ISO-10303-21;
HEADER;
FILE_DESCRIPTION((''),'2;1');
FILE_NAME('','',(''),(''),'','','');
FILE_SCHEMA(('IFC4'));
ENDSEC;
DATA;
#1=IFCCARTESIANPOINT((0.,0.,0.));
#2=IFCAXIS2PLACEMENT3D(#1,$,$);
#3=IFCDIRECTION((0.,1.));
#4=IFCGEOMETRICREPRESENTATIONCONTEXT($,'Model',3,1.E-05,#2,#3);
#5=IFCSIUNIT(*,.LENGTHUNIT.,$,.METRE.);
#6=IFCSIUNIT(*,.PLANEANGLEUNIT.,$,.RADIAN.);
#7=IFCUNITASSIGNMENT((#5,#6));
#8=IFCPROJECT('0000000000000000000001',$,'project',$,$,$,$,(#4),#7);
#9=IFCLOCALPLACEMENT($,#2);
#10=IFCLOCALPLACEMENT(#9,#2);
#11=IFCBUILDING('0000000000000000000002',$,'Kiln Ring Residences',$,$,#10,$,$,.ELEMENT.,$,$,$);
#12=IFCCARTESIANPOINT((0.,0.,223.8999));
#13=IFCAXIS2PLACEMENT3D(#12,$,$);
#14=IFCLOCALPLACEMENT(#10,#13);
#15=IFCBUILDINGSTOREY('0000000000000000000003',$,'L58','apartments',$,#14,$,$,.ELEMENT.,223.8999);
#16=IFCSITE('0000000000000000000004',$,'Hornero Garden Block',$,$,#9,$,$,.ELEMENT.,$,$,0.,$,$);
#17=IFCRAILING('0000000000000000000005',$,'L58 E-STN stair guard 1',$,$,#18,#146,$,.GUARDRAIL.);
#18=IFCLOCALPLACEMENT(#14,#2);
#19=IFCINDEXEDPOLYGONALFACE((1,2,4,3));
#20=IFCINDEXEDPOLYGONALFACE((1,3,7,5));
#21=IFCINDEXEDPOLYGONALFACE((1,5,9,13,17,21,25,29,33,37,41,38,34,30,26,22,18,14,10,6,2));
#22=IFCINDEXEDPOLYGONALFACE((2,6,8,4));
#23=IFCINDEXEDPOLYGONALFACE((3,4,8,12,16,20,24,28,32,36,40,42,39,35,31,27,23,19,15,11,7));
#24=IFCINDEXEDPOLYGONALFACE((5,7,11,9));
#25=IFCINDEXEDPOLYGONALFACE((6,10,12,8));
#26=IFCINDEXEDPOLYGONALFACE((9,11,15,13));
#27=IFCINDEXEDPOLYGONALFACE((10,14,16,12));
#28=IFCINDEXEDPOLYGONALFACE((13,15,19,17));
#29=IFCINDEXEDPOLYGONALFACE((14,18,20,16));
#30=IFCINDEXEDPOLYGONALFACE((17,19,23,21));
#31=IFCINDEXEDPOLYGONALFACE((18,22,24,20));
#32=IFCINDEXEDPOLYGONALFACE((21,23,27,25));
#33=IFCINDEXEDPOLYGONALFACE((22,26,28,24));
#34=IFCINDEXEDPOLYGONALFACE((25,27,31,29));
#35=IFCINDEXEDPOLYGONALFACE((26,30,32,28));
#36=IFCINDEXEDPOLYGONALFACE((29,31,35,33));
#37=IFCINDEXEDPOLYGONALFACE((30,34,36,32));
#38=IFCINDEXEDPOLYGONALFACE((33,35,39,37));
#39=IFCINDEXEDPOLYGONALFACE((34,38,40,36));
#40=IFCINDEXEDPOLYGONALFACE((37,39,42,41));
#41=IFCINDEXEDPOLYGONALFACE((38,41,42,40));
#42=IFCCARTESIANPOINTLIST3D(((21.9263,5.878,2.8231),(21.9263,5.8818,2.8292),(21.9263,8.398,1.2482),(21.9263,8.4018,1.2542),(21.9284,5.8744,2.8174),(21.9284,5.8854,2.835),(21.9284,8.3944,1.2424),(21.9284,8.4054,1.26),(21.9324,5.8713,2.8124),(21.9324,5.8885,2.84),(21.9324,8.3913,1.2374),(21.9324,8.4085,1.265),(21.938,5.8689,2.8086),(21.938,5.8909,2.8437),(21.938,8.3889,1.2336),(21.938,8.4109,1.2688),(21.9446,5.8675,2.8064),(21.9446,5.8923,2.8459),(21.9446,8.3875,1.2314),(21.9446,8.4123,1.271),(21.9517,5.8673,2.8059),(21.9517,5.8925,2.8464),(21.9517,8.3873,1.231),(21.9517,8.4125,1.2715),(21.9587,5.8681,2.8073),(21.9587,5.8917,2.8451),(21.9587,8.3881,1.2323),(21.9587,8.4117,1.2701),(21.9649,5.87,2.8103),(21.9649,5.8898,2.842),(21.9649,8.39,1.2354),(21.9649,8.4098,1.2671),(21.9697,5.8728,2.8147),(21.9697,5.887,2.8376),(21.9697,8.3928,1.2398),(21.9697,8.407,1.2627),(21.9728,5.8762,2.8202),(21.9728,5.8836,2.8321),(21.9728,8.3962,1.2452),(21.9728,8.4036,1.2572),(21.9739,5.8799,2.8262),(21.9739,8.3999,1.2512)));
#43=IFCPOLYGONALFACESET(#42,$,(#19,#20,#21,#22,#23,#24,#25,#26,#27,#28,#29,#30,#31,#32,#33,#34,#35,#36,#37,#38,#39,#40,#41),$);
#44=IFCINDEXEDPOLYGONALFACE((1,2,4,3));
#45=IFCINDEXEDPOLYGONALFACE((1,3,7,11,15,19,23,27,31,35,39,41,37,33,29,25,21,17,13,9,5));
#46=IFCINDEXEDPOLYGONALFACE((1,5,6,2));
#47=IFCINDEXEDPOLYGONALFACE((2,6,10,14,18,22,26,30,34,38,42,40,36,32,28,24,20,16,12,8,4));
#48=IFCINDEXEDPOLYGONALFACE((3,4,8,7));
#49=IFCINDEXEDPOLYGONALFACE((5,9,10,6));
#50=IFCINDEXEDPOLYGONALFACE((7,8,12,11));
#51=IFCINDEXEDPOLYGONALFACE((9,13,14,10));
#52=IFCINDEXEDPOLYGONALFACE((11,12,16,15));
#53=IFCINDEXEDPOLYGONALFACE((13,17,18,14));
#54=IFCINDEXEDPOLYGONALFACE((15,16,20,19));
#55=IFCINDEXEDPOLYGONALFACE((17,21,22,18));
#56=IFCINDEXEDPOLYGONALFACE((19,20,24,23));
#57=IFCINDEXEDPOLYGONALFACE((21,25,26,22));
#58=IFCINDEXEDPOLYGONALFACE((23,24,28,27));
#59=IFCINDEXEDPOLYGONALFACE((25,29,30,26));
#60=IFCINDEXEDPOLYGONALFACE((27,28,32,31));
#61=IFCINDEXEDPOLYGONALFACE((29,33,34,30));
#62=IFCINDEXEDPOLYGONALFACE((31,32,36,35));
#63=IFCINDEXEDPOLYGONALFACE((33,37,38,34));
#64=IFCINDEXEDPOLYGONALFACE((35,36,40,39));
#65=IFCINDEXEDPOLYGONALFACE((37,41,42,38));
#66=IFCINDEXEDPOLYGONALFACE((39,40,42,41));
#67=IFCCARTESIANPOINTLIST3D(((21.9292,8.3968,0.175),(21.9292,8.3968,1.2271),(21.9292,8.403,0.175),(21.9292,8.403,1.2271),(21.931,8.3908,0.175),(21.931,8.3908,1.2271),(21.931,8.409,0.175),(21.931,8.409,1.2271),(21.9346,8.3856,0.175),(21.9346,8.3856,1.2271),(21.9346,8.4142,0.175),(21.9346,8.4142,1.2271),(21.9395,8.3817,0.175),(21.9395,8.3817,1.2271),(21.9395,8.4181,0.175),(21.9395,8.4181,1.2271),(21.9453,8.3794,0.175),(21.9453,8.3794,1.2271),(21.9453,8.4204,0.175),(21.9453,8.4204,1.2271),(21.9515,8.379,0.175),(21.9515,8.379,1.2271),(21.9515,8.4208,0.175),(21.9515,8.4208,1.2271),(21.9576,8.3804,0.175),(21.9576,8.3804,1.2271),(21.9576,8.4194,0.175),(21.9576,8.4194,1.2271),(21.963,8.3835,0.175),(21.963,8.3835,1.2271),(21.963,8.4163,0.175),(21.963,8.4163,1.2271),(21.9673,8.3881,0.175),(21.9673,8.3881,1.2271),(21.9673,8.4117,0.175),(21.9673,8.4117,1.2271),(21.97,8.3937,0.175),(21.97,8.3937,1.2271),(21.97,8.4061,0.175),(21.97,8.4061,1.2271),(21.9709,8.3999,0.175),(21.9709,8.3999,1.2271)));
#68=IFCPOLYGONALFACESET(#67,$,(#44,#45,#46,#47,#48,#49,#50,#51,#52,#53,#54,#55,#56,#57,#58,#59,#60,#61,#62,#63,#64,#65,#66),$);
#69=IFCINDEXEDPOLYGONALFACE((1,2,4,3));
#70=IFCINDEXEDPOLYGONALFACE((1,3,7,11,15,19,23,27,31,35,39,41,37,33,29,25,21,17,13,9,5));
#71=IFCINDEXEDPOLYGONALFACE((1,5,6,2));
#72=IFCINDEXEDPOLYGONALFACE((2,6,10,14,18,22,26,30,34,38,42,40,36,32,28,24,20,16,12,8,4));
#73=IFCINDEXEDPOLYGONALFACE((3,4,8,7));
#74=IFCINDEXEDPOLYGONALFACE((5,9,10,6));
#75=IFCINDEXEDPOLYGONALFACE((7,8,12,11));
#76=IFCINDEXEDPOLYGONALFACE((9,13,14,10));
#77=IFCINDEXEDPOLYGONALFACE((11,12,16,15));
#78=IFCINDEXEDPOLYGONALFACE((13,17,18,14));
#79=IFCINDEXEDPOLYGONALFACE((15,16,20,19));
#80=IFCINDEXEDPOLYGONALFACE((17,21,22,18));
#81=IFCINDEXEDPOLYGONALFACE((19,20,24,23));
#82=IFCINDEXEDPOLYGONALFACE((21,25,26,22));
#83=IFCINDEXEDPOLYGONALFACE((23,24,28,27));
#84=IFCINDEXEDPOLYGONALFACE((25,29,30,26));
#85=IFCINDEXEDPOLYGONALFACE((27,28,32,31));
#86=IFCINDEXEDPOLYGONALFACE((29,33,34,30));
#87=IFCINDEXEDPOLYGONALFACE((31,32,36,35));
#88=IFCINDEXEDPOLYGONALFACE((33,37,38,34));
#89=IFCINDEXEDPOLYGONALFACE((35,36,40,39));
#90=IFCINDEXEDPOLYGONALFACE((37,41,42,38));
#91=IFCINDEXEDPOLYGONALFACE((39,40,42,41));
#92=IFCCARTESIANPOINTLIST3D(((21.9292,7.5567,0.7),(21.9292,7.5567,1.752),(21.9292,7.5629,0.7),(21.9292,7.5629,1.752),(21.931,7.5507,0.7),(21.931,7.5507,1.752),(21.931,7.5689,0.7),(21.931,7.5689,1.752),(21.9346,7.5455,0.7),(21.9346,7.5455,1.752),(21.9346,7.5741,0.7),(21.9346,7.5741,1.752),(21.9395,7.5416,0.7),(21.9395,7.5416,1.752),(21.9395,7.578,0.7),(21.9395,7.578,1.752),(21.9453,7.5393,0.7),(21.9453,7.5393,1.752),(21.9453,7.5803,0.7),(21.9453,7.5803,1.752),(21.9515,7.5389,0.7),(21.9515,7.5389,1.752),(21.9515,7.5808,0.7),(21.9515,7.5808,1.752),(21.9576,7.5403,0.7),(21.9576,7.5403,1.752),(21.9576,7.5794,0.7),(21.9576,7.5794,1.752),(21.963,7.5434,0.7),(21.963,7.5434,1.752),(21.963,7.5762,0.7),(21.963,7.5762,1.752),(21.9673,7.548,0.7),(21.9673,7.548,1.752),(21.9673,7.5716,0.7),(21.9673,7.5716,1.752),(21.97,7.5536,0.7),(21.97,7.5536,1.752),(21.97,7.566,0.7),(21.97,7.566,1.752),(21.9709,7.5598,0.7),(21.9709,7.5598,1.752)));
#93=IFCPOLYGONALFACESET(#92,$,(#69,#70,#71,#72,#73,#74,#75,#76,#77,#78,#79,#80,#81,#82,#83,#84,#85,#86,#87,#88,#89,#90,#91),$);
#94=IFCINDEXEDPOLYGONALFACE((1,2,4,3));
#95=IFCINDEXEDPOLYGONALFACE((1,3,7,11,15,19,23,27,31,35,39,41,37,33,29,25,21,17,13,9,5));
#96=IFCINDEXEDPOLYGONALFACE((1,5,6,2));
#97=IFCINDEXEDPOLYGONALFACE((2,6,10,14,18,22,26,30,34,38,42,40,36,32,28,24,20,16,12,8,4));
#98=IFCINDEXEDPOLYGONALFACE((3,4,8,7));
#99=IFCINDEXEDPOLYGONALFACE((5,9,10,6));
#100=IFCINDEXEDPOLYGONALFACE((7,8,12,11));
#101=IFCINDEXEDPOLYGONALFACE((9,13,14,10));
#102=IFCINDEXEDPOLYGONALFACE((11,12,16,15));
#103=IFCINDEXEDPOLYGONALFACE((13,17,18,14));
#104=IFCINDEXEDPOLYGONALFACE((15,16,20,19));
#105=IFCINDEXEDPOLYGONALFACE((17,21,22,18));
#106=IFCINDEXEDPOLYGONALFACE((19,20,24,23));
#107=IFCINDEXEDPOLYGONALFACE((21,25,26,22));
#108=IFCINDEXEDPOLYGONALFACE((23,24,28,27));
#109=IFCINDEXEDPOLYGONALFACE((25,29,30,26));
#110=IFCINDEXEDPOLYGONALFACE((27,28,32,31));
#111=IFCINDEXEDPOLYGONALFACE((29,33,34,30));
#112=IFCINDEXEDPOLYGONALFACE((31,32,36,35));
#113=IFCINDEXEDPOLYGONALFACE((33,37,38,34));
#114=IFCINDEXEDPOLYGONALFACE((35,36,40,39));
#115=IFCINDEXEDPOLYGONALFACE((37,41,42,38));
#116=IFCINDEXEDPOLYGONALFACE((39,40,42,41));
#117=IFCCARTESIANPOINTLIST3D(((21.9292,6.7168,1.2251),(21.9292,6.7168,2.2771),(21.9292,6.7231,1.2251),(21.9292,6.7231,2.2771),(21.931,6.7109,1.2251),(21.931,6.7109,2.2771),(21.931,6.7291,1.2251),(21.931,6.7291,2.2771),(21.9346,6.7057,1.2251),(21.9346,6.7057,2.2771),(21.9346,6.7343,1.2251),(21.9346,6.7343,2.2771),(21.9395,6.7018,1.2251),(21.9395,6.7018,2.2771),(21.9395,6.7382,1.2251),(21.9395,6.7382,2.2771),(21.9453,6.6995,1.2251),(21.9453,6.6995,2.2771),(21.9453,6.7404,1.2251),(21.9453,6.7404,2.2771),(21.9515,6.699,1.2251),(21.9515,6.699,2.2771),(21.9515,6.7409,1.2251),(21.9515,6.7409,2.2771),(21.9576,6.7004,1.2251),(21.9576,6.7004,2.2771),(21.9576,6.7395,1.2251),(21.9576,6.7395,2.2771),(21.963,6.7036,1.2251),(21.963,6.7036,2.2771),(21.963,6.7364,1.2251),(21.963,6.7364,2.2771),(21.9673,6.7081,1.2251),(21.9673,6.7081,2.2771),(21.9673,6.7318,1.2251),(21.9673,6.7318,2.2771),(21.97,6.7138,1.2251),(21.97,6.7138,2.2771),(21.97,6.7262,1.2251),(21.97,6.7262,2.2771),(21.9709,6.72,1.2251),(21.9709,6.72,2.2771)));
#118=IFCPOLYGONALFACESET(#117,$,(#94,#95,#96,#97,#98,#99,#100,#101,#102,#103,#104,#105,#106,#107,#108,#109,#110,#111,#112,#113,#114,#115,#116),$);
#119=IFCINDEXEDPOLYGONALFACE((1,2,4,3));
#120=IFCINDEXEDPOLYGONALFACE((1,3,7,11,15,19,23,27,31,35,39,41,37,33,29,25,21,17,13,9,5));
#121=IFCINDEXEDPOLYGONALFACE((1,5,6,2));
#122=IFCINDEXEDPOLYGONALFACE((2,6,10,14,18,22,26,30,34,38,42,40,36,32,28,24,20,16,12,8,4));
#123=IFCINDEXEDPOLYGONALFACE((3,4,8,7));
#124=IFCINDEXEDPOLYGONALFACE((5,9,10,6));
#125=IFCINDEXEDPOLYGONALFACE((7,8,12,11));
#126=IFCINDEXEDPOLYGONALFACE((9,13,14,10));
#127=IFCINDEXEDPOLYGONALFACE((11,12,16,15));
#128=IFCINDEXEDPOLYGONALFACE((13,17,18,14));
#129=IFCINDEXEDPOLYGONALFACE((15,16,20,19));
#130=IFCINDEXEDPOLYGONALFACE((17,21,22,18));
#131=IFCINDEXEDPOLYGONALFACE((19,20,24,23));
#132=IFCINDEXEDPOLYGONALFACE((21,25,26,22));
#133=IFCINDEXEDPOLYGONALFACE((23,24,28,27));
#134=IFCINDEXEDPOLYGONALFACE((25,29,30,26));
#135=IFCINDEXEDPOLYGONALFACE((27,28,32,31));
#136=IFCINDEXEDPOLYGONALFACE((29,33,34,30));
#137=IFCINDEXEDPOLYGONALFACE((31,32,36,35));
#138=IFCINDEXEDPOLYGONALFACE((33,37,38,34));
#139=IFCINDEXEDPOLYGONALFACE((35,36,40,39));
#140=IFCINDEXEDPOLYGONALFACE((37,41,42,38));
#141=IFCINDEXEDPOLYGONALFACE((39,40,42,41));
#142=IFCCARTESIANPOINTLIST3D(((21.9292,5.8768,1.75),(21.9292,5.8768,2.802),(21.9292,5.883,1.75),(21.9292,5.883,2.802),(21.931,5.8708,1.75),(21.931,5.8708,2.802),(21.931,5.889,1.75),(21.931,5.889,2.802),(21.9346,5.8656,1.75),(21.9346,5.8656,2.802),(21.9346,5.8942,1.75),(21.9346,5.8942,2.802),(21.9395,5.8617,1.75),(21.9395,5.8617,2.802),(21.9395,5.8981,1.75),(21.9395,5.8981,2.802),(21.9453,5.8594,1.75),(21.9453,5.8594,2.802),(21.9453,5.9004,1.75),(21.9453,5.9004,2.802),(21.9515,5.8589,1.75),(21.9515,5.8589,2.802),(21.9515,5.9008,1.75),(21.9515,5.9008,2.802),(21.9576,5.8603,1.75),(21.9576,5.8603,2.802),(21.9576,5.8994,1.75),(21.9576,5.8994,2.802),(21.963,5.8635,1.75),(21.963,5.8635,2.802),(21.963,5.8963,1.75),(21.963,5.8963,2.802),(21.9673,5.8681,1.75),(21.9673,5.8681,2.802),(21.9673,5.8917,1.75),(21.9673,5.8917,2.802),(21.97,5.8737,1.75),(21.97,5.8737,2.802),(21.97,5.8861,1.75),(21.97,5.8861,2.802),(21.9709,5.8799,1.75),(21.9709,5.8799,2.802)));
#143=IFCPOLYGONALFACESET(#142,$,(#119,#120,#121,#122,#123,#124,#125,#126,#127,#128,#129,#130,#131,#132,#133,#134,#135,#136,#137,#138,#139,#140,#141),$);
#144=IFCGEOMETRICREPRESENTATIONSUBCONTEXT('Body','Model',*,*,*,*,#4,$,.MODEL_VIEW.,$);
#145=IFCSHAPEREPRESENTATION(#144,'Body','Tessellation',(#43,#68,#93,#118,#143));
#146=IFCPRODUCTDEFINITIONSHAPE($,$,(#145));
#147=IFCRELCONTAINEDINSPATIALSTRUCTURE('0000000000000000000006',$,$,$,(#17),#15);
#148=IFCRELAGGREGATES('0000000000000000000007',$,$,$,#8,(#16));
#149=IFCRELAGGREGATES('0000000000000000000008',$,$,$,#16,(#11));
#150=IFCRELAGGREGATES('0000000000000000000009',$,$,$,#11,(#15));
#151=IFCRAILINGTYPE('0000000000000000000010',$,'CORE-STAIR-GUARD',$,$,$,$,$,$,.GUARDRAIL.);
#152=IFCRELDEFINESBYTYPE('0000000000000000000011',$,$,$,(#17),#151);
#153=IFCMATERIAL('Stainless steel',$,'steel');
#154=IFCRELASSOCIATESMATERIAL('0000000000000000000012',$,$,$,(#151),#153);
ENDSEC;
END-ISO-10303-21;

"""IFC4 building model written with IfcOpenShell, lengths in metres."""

from ifc_helpers import new_model, si_unit, direction, frame, origin, origin_2d, place, context, subcontext, project, spatial, circle, extrude, material, type_object, element, save


model = new_model("IFC4")

# Units and contexts
model_context = context("Model", 3, precision=1e-05, world=origin(), true_north=direction((0.0, 1.0)))
body_context = subcontext(model_context, "Body", "Model", "MODEL_VIEW")
ifc_project = project(units=[si_unit("LENGTHUNIT", "METRE"), si_unit("PLANEANGLEUNIT", "RADIAN")], contexts=[model_context])

# Site, building, storey
site_placement = place(None, origin())
site = spatial("IfcSite", under=ifc_project, at=site_placement, Name="Hornero Garden Block", CompositionType="ELEMENT", RefElevation=0.0)
building_placement = place(site_placement, origin())
building = spatial("IfcBuilding", under=site, at=building_placement, Name="Kiln Ring Residences", CompositionType="ELEMENT")
storey_placement = place(building_placement, frame((0.0, 0.0, 223.8999)))
storey = spatial("IfcBuildingStorey", under=building, at=storey_placement, Name="L58", Description="apartments", CompositionType="ELEMENT", Elevation=223.8999)

# Railing
ifc_material_1 = material(Name="Stainless steel", Category="steel")
railing_type_1 = type_object("IfcRailingType", Name="CORE-STAIR-GUARD", PredefinedType="GUARDRAIL", material=ifc_material_1)
railing_1_placement = place(storey_placement, frame((21.95, 8.3999, 0.175)))
element("IfcRailing", 1, at=railing_1_placement, inside=storey, type_object=railing_type_1, Name="L58 E-STN stair guard 1", PredefinedType="GUARDRAIL", context=body_context, shape_type="SweptSolid", body=[
    extrude(circle(Radius=0.0239, at=origin_2d()), frame((0.0, 0.0, 1.0762), z_axis=(0.0, -0.848008, 0.529984), x_axis=(1.0, 0.0, 0.0)), (0.0, 0.0, 1.0), 2.9717),
    extrude(circle(Radius=0.021, at=origin_2d()), origin(), (0.0, 0.0, 1.0), 1.052),
    extrude(circle(Radius=0.021, at=origin_2d()), frame((0.0, -0.8401, 0.5249)), (0.0, 0.0, 1.0), 1.052),
    extrude(circle(Radius=0.021, at=origin_2d()), frame((0.0, -1.6799, 1.05)), (0.0, 0.0, 1.0), 1.052),
    extrude(circle(Radius=0.021, at=origin_2d()), frame((0.0, -2.52, 1.575)), (0.0, 0.0, 1.0), 1.052),
])

save(model, "model.ifc")
